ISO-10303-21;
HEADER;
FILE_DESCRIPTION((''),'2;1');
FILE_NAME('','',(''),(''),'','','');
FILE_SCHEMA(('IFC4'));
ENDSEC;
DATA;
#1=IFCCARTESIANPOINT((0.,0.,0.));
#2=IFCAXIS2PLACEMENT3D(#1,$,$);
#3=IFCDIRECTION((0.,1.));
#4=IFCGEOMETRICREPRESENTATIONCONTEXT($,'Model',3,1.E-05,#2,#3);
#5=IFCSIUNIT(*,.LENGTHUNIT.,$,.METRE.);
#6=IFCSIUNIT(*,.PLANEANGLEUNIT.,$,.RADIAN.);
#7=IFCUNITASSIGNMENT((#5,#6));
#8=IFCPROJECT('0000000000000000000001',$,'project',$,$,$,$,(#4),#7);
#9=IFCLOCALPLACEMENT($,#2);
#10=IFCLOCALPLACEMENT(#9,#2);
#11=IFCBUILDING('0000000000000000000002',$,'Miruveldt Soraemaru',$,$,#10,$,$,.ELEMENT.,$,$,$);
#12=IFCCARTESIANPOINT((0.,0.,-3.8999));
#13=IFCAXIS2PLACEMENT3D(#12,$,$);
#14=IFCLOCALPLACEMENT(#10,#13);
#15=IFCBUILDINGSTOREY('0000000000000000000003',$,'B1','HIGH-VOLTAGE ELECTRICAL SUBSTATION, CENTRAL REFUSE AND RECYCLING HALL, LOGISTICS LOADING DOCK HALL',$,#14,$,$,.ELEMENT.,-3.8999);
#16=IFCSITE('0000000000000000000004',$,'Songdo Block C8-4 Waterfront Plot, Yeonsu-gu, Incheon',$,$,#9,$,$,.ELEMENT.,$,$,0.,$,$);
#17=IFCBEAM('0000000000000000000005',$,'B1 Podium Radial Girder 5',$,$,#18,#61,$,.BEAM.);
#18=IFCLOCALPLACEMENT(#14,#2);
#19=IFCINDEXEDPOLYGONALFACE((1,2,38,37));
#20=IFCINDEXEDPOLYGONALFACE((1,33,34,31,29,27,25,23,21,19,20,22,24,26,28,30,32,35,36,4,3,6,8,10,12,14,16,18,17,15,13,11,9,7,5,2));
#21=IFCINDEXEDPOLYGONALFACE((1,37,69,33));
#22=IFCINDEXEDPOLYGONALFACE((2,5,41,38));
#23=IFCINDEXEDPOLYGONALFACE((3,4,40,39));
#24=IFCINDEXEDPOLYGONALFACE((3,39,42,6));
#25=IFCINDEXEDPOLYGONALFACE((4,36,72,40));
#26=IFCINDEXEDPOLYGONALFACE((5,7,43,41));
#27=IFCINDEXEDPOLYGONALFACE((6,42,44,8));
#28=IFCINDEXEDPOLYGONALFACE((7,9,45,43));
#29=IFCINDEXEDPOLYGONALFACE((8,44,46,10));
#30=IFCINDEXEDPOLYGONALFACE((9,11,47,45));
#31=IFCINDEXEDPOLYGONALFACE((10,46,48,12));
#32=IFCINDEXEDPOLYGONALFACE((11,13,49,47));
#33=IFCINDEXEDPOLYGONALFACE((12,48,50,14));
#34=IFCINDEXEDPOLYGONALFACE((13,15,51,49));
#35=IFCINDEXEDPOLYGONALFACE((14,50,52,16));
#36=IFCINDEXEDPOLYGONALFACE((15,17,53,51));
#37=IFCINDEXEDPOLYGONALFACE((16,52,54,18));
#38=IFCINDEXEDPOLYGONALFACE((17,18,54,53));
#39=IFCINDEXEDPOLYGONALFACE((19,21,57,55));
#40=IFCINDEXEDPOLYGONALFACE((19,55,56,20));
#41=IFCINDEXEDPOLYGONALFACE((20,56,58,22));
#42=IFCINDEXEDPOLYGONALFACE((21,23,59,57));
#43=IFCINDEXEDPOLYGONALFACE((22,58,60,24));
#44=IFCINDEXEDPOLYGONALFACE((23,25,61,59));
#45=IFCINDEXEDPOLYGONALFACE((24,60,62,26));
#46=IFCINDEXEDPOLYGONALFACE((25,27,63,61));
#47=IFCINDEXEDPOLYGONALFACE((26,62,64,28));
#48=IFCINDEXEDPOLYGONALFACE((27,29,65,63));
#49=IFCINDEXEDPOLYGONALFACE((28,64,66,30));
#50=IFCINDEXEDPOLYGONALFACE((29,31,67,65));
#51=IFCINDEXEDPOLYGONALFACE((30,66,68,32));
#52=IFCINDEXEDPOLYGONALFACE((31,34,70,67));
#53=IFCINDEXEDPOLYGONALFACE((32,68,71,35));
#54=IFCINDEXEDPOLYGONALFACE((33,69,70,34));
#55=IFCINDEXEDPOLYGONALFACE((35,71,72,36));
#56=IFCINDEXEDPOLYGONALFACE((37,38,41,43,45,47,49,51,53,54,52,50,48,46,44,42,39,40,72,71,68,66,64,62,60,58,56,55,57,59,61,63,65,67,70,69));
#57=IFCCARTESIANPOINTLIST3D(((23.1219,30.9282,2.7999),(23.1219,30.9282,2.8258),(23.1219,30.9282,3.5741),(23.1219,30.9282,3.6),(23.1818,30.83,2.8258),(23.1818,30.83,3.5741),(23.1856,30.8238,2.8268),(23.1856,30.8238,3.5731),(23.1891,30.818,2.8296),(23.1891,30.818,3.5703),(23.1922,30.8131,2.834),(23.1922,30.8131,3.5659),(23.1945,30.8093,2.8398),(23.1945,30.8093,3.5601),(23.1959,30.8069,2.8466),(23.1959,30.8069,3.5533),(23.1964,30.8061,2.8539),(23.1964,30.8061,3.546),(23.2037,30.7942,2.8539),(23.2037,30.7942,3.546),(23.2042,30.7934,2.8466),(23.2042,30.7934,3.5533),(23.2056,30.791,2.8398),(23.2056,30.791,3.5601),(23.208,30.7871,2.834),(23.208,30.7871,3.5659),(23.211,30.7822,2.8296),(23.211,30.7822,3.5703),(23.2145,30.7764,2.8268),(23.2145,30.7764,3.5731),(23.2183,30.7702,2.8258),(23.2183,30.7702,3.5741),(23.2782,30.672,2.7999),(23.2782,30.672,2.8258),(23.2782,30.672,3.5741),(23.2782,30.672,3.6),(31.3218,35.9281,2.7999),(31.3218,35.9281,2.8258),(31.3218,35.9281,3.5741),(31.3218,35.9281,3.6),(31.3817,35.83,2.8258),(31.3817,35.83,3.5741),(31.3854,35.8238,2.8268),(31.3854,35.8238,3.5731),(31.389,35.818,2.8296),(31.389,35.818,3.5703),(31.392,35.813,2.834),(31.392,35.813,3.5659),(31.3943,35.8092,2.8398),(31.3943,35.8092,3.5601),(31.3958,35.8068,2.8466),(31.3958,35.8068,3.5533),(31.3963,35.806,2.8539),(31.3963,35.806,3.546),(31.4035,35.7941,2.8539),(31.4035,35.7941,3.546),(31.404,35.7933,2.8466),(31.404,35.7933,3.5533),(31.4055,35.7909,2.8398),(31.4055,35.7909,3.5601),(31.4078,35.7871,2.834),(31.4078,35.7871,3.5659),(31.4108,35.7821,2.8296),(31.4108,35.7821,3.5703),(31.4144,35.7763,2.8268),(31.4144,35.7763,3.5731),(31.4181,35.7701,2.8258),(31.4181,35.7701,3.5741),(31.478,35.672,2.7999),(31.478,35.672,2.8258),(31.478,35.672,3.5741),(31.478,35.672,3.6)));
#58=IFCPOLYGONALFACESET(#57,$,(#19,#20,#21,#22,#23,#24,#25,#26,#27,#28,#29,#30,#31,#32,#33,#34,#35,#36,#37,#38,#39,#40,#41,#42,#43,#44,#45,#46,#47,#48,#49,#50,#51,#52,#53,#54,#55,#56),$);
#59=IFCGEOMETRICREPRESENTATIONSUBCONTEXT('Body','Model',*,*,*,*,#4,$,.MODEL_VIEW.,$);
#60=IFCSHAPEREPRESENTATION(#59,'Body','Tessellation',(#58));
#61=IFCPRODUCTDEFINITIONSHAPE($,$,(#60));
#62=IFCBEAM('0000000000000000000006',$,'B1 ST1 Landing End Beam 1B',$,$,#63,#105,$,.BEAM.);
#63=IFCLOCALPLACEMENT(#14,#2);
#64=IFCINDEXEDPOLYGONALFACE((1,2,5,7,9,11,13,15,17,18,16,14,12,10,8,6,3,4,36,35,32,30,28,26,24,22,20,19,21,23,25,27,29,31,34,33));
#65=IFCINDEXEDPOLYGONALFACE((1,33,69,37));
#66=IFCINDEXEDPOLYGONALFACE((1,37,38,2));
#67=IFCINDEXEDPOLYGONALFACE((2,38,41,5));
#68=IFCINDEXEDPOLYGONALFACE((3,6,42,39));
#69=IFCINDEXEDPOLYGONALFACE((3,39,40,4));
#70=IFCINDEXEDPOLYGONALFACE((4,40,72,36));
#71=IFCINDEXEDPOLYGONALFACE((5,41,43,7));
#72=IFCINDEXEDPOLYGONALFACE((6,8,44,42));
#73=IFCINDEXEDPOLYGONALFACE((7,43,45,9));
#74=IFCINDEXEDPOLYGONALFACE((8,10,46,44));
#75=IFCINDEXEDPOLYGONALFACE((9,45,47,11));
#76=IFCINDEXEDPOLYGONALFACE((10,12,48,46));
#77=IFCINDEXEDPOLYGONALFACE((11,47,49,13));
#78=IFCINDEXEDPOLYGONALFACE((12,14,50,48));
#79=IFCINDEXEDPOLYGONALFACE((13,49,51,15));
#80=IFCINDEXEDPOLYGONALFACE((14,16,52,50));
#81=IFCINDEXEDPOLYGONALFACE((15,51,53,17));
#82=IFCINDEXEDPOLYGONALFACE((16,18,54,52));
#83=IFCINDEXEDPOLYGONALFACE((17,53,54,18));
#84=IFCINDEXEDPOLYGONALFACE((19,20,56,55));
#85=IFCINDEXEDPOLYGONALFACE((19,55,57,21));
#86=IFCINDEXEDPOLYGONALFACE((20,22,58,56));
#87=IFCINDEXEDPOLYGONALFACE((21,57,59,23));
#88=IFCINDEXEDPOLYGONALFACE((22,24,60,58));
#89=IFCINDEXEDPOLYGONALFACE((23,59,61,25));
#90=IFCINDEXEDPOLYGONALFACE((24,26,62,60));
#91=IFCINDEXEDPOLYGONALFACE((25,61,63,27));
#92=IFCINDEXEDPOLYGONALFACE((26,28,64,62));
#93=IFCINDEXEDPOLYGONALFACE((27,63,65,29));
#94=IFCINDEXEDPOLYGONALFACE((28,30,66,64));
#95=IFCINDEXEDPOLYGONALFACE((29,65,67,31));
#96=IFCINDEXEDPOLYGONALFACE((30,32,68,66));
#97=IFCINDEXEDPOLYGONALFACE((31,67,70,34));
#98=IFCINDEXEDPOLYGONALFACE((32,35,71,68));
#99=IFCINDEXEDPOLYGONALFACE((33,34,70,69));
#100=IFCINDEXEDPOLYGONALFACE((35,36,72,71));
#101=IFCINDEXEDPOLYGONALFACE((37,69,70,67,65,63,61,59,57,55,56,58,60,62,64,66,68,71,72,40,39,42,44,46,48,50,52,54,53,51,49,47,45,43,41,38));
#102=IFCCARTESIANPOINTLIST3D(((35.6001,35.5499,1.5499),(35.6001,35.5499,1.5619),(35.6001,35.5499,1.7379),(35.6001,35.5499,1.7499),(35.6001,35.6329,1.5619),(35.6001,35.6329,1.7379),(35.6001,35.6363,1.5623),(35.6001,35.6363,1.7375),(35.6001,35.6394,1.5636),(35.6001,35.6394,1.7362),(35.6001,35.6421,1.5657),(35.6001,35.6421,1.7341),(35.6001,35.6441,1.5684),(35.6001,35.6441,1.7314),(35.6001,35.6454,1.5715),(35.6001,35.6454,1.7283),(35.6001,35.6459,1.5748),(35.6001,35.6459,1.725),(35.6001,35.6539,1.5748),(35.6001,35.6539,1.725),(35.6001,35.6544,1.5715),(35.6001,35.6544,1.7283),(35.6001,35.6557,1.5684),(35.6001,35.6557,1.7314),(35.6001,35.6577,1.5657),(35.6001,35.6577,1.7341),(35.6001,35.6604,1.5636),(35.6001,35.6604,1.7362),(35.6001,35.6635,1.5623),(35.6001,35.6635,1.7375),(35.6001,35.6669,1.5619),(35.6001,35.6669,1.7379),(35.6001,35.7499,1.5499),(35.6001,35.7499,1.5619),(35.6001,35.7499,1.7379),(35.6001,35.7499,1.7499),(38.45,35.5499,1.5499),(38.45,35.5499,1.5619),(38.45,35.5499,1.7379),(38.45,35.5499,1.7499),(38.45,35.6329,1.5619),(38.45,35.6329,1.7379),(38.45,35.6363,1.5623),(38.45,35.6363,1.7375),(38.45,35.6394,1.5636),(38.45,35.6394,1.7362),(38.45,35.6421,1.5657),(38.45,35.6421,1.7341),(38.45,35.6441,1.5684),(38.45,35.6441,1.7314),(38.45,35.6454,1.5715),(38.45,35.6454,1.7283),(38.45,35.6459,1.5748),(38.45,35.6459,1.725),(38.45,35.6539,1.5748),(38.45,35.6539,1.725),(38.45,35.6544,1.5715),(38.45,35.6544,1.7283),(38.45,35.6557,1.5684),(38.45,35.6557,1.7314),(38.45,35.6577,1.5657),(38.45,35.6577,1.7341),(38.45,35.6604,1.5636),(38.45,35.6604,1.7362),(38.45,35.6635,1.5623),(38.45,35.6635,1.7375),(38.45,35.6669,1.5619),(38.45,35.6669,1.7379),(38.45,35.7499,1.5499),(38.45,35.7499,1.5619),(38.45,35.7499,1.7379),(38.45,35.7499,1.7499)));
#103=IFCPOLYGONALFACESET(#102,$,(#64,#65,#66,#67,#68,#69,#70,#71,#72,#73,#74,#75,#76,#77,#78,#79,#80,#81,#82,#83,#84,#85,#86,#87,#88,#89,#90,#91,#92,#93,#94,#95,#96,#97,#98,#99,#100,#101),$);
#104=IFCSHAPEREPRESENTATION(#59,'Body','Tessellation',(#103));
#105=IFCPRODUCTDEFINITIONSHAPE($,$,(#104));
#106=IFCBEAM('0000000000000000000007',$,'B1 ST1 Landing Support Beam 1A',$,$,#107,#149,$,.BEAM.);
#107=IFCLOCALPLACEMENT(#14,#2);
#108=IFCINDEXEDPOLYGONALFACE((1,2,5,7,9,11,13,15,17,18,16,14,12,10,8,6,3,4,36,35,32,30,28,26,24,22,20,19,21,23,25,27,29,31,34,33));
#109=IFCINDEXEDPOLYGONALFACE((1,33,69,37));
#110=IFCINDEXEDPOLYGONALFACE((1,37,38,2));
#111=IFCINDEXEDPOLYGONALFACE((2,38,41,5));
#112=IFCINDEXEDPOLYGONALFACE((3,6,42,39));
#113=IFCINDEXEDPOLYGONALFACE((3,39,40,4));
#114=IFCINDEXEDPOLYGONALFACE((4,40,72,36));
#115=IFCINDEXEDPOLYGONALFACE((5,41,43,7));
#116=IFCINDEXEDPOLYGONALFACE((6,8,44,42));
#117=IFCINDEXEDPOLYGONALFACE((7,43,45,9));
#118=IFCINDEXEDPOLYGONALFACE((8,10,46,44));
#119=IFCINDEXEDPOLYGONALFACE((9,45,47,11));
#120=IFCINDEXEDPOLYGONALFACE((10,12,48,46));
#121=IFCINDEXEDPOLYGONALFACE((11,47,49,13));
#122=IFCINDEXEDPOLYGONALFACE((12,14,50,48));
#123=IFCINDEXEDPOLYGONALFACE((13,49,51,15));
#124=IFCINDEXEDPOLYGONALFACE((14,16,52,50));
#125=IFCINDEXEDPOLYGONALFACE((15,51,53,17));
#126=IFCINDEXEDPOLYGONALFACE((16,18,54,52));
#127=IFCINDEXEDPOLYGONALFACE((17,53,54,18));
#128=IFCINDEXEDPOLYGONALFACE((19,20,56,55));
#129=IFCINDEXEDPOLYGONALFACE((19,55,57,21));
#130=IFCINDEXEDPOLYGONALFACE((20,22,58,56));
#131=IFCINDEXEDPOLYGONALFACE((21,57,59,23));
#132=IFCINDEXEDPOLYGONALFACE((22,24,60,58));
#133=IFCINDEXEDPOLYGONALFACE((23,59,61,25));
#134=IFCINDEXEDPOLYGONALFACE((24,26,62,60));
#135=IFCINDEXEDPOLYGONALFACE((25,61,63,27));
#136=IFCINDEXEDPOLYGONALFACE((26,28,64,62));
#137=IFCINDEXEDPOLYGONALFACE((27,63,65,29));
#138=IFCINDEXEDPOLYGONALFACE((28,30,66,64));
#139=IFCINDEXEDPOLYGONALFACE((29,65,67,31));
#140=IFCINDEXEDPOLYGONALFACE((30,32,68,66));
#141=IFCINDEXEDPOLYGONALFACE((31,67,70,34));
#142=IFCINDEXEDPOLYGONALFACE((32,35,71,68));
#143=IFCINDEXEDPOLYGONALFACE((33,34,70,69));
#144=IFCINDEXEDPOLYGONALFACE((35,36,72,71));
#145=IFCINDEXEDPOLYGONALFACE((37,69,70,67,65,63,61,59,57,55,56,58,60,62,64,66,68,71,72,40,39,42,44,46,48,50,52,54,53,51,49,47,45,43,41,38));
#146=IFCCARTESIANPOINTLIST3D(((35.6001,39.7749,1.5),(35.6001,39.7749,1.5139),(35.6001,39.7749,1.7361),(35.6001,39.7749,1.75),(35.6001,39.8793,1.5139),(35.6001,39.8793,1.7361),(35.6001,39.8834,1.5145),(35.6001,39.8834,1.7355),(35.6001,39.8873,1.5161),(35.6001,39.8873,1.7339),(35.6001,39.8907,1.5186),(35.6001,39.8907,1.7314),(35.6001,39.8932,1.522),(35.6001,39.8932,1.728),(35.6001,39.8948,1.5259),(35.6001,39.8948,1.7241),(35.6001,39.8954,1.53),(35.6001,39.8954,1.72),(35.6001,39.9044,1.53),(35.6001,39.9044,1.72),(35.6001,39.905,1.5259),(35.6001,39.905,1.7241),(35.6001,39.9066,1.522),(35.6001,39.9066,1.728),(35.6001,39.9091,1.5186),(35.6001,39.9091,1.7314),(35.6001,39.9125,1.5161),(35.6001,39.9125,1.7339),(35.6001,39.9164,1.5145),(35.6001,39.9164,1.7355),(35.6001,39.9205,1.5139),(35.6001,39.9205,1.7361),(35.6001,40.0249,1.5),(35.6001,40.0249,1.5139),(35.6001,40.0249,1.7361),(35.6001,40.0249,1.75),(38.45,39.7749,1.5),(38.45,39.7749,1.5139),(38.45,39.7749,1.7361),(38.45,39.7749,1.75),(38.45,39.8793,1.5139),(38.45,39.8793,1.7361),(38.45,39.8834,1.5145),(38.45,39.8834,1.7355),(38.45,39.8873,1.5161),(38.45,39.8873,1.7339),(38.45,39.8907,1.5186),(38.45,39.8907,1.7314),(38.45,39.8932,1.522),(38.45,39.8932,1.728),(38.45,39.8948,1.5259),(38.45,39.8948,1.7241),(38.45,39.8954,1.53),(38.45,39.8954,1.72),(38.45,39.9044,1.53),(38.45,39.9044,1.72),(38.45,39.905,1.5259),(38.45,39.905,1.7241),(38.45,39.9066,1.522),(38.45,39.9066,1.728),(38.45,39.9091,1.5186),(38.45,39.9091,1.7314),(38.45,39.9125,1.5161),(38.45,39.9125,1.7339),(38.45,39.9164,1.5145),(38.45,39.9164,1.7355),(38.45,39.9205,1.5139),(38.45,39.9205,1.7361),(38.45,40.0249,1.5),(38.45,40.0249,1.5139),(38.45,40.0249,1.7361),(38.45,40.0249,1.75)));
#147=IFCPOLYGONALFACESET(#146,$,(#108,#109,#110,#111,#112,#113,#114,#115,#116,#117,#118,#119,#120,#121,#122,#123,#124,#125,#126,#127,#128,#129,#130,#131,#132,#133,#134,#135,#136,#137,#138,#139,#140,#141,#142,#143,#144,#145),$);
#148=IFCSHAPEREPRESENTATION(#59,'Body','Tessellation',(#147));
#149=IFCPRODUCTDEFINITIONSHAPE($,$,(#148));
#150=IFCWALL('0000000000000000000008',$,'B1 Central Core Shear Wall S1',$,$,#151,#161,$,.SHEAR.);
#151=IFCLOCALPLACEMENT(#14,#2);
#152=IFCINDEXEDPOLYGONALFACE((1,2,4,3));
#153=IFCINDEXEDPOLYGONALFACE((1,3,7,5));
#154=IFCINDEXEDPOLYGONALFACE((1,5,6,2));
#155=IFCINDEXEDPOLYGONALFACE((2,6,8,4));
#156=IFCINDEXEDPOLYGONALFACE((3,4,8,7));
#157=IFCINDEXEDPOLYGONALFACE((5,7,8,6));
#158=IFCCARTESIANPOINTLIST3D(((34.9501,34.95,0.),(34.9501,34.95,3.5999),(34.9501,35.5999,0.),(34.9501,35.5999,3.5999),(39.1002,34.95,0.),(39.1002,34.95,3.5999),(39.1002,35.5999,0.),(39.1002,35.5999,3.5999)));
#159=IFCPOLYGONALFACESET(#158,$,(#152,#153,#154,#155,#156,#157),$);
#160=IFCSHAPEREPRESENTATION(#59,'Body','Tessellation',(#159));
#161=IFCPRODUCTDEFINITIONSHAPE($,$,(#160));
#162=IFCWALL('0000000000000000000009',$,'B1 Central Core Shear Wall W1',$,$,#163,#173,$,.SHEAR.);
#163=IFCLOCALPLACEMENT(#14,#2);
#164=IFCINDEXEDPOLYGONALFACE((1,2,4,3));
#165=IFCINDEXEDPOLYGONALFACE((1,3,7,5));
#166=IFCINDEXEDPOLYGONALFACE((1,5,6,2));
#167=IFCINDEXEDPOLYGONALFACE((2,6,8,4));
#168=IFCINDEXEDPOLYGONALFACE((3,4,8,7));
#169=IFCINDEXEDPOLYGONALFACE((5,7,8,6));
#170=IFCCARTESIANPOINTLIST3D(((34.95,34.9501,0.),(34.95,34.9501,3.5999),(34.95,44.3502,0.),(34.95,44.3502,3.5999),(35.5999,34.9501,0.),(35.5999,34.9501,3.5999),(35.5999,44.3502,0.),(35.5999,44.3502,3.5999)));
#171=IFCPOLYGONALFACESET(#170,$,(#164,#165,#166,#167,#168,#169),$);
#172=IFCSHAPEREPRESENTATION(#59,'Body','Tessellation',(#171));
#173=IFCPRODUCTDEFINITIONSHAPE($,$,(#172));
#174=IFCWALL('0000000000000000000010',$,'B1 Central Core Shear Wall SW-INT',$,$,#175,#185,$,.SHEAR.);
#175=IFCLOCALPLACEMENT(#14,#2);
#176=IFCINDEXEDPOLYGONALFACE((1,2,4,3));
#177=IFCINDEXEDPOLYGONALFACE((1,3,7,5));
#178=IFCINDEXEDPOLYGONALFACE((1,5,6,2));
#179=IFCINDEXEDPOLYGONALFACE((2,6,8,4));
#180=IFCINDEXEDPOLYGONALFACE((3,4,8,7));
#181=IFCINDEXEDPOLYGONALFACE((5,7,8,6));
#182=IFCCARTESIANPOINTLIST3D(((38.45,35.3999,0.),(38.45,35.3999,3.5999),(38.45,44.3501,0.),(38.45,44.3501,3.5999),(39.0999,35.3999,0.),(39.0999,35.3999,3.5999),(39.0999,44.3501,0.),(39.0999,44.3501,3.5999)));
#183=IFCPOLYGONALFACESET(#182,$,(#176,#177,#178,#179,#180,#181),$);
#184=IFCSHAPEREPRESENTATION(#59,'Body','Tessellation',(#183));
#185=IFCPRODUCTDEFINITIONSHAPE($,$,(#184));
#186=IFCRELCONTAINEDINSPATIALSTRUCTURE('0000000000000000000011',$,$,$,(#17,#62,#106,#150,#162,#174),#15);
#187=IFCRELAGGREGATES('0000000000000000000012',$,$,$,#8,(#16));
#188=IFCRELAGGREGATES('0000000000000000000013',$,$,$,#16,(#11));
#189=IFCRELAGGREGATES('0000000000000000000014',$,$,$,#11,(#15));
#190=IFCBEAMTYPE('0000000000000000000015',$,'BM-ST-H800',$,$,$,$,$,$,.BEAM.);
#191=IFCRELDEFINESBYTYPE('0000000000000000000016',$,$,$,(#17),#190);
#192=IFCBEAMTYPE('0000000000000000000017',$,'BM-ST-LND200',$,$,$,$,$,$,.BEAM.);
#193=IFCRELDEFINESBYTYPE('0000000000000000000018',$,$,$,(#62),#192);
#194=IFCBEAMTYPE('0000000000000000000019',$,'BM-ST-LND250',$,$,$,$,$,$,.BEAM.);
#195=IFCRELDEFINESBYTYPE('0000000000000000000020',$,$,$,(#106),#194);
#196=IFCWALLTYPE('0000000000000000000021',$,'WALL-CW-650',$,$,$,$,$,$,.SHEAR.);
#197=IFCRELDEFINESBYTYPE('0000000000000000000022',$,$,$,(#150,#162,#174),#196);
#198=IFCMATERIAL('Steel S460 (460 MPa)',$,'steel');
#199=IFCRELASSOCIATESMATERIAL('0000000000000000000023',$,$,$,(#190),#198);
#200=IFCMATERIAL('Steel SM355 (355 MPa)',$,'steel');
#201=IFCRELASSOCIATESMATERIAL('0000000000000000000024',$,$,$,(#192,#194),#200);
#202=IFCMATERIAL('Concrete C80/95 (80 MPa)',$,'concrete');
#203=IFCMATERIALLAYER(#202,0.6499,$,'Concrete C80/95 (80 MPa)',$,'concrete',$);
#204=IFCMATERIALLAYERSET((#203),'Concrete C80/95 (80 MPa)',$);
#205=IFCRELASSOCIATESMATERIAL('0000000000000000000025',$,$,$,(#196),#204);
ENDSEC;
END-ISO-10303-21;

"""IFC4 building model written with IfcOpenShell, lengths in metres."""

from ifc_helpers import new_model, si_unit, direction, frame, frame_2d, origin, origin_2d, place, context, subcontext, project, spatial, rectangle, i_section, extrude, material, layer, layer_set, material_profile, profile_set, type_object, element, save


model = new_model("IFC4")

# Units and contexts
model_context = context("Model", 3, precision=1e-05, world=origin(), true_north=direction((0.0, 1.0)))
body_context = subcontext(model_context, "Body", "Model", "MODEL_VIEW")
ifc_project = project(units=[si_unit("LENGTHUNIT", "METRE"), si_unit("PLANEANGLEUNIT", "RADIAN")], contexts=[model_context])

# Site, building, storey
site_placement = place(None, origin())
site = spatial("IfcSite", under=ifc_project, at=site_placement, Name="Songdo Block C8-4 Waterfront Plot, Yeonsu-gu, Incheon", CompositionType="ELEMENT", RefElevation=0.0)
building_placement = place(site_placement, origin())
building = spatial("IfcBuilding", under=site, at=building_placement, Name="Miruveldt Soraemaru", CompositionType="ELEMENT")
storey_placement = place(building_placement, frame((0.0, 0.0, -3.8999)))
storey = spatial("IfcBuildingStorey", under=building, at=storey_placement, Name="B1", Description="HIGH-VOLTAGE ELECTRICAL SUBSTATION, CENTRAL REFUSE AND RECYCLING HALL, LOGISTICS LOADING DOCK HALL", CompositionType="ELEMENT", Elevation=-3.8999)

# Shared definitions
ifc_material_1 = material(Name="Concrete C80/95 (80 MPa)", Category="concrete")

# Beams
ifc_material_2 = material(Name="Steel SM355 (355 MPa)", Category="steel")
ifc_material_3 = material(Name="Steel S460 (460 MPa)", Category="steel")
ifc_material_profile_1 = material_profile(ifc_material_3, i_section(OverallWidth=0.3, OverallDepth=0.8, WebThickness=0.0139, FlangeThickness=0.0259, FilletRadius=0.0281, at=origin_2d()), Name="Steel S460 (460 MPa)", Category="steel")
ifc_profile_set_1 = profile_set([ifc_material_profile_1], Name="Steel S460 (460 MPa)")
beam_type_1 = type_object("IfcBeamType", Name="BM-ST-H800", PredefinedType="BEAM", material=ifc_profile_set_1)
beam_1_placement = place(storey_placement, frame((31.3999, 35.8, 3.2), z_axis=(-0.853795, -0.52061, 0.0), x_axis=(0.52061, -0.853795, 0.0)))
element("IfcBeam", 1, at=beam_1_placement, inside=storey, type_object=beam_type_1, Name="B1 Podium Radial Girder 5", PredefinedType="BEAM", context=body_context, shape_type="SweptSolid", body=[
    extrude(i_section(OverallWidth=0.3, OverallDepth=0.8, WebThickness=0.0139, FlangeThickness=0.0259, FilletRadius=0.0281, at=origin_2d()), origin(), (0.0, 0.0, 1.0), 9.604),
])
ifc_material_profile_2 = material_profile(ifc_material_2, i_section(OverallWidth=0.2, OverallDepth=0.2, WebThickness=0.0081, FlangeThickness=0.012, FilletRadius=0.0129, at=origin_2d()), Name="Steel SM355 (355 MPa)", Category="steel")
ifc_profile_set_2 = profile_set([ifc_material_profile_2], Name="Steel SM355 (355 MPa)")
beam_type_2 = type_object("IfcBeamType", Name="BM-ST-LND200", PredefinedType="BEAM", material=ifc_profile_set_2)
beam_2_placement = place(storey_placement, frame((35.6001, 35.6499, 1.6499), z_axis=(1.0, 0.0, 0.0), x_axis=(0.0, 1.0, 0.0)))
element("IfcBeam", 2, at=beam_2_placement, inside=storey, type_object=beam_type_2, Name="B1 ST1 Landing End Beam 1B", PredefinedType="BEAM", context=body_context, shape_type="SweptSolid", body=[
    extrude(i_section(OverallWidth=0.2, OverallDepth=0.2, WebThickness=0.0081, FlangeThickness=0.012, FilletRadius=0.0129, at=origin_2d()), origin(), (0.0, 0.0, 1.0), 2.8499),
])
ifc_material_profile_3 = material_profile(ifc_material_2, i_section(OverallWidth=0.25, OverallDepth=0.25, WebThickness=0.009, FlangeThickness=0.0139, FilletRadius=0.0161, at=origin_2d()), Name="Steel SM355 (355 MPa)", Category="steel")
ifc_profile_set_3 = profile_set([ifc_material_profile_3], Name="Steel SM355 (355 MPa)")
beam_type_3 = type_object("IfcBeamType", Name="BM-ST-LND250", PredefinedType="BEAM", material=ifc_profile_set_3)
beam_3_placement = place(storey_placement, frame((35.6001, 39.8999, 1.625), z_axis=(1.0, 0.0, 0.0), x_axis=(0.0, 1.0, 0.0)))
element("IfcBeam", 3, at=beam_3_placement, inside=storey, type_object=beam_type_3, Name="B1 ST1 Landing Support Beam 1A", PredefinedType="BEAM", context=body_context, shape_type="SweptSolid", body=[
    extrude(i_section(OverallWidth=0.25, OverallDepth=0.25, WebThickness=0.009, FlangeThickness=0.0139, FilletRadius=0.0161, at=origin_2d()), origin(), (0.0, 0.0, 1.0), 2.8499),
])

# Walls
ifc_layer_1 = layer(ifc_material_1, 0.6499, Name="Concrete C80/95 (80 MPa)", Category="concrete")
ifc_layer_set_1 = layer_set([ifc_layer_1], Name="Concrete C80/95 (80 MPa)")
wall_type_1 = type_object("IfcWallType", Name="WALL-CW-650", PredefinedType="SHEAR", material=ifc_layer_set_1)
wall_1_placement = place(storey_placement, frame((34.95, 35.2749, 0.0), z_axis=(0.0, 0.0, 1.0), x_axis=(1.0, 0.0, 0.0)))
element("IfcWall", 4, at=wall_1_placement, inside=storey, type_object=wall_type_1, Name="B1 Central Core Shear Wall S1", PredefinedType="SHEAR", context=body_context, shape_type="SweptSolid", body=[
    extrude(rectangle(XDim=4.1501, YDim=0.6499, at=frame_2d((2.0752, 0.0))), origin(), (0.0, 0.0, 1.0), 3.5999),
])
wall_2_placement = place(storey_placement, frame((35.2749, 34.95, 0.0), z_axis=(0.0, 0.0, 1.0), x_axis=(0.0, 1.0, 0.0)))
element("IfcWall", 5, at=wall_2_placement, inside=storey, type_object=wall_type_1, Name="B1 Central Core Shear Wall W1", PredefinedType="SHEAR", context=body_context, shape_type="SweptSolid", body=[
    extrude(rectangle(XDim=9.4001, YDim=0.6499, at=frame_2d((4.7002, 0.0))), origin(), (0.0, 0.0, 1.0), 3.5999),
])
wall_3_placement = place(storey_placement, frame((38.7749, 35.3999, 0.0), z_axis=(0.0, 0.0, 1.0), x_axis=(0.0, 1.0, 0.0)))
element("IfcWall", 6, at=wall_3_placement, inside=storey, type_object=wall_type_1, Name="B1 Central Core Shear Wall SW-INT", PredefinedType="SHEAR", context=body_context, shape_type="SweptSolid", body=[
    extrude(rectangle(XDim=8.9502, YDim=0.6499, at=frame_2d((4.4751, 0.0))), origin(), (0.0, 0.0, 1.0), 3.5999),
])

save(model, "model.ifc")
